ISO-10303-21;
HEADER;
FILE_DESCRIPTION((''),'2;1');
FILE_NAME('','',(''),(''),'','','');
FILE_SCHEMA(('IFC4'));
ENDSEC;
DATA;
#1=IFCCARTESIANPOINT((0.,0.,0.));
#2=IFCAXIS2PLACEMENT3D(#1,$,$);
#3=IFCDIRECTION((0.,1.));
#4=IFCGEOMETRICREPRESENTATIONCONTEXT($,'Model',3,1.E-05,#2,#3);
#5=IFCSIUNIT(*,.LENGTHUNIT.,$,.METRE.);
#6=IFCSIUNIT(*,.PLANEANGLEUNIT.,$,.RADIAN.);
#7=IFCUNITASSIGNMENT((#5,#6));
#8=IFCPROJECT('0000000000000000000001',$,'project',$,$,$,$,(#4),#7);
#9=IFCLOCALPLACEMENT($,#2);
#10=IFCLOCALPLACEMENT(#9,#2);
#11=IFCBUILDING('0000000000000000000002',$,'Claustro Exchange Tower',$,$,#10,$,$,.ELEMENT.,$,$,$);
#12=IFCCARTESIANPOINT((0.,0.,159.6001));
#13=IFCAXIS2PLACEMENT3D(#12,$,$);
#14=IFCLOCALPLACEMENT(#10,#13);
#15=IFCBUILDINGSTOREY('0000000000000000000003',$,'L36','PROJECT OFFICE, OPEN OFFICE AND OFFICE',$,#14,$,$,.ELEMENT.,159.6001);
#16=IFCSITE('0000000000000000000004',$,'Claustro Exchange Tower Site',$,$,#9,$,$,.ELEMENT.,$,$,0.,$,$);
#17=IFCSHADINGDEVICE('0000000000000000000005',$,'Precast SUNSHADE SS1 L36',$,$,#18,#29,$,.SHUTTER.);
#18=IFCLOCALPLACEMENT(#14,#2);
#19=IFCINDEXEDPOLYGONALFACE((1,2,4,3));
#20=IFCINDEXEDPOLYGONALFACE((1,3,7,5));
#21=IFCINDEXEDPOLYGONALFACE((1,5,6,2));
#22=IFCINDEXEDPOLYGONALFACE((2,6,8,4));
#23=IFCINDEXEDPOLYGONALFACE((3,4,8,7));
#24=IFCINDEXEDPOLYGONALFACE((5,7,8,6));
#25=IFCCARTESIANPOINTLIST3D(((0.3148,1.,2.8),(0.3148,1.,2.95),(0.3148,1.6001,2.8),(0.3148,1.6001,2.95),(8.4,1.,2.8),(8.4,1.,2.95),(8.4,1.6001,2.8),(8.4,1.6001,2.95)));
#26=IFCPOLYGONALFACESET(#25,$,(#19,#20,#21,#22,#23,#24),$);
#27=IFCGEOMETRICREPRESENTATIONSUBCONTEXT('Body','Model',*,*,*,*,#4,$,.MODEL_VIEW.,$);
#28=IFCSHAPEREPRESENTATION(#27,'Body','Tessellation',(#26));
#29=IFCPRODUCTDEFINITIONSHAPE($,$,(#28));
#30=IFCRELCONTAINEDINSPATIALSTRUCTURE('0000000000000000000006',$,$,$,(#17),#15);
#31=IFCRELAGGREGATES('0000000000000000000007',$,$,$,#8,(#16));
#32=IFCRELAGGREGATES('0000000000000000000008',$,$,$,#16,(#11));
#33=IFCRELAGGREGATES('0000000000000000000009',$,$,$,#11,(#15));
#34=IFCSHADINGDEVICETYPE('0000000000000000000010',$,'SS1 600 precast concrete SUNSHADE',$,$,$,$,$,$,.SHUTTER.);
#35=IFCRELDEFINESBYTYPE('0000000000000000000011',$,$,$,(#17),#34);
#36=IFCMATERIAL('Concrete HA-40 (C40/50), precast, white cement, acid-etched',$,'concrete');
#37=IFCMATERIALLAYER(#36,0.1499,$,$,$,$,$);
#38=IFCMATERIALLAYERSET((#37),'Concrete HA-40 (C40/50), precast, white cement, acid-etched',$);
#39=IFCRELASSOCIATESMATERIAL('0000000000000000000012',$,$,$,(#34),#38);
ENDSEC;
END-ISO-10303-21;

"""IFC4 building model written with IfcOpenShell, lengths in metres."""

from ifc_helpers import new_model, si_unit, direction, frame, origin, origin_2d, place, context, subcontext, project, spatial, rectangle, extrude, material, layer, layer_set, type_object, element, save


model = new_model("IFC4")

# Units and contexts
model_context = context("Model", 3, precision=1e-05, world=origin(), true_north=direction((0.0, 1.0)))
body_context = subcontext(model_context, "Body", "Model", "MODEL_VIEW")
ifc_project = project(units=[si_unit("LENGTHUNIT", "METRE"), si_unit("PLANEANGLEUNIT", "RADIAN")], contexts=[model_context])

# Site, building, storey
site_placement = place(None, origin())
site = spatial("IfcSite", under=ifc_project, at=site_placement, Name="Claustro Exchange Tower Site", CompositionType="ELEMENT", RefElevation=0.0)
building_placement = place(site_placement, origin())
building = spatial("IfcBuilding", under=site, at=building_placement, Name="Claustro Exchange Tower", CompositionType="ELEMENT")
storey_placement = place(building_placement, frame((0.0, 0.0, 159.6001)))
storey = spatial("IfcBuildingStorey", under=building, at=storey_placement, Name="L36", Description="PROJECT OFFICE, OPEN OFFICE AND OFFICE", CompositionType="ELEMENT", Elevation=159.6001)

# Shading device
ifc_material_1 = material(Name="Concrete HA-40 (C40/50), precast, white cement, acid-etched", Category="concrete")
ifc_layer_1 = layer(ifc_material_1, 0.1499)
ifc_layer_set_1 = layer_set([ifc_layer_1], Name="Concrete HA-40 (C40/50), precast, white cement, acid-etched")
shading_device_type = type_object("IfcShadingDeviceType", Name="SS1 600 precast concrete SUNSHADE", PredefinedType="SHUTTER", material=ifc_layer_set_1)
shading_device_placement = place(storey_placement, frame((4.3574, 1.3, 2.8), z_axis=(0.0, 0.0, 1.0), x_axis=(-1.0, 0.0, 0.0)))
element("IfcShadingDevice", 1, at=shading_device_placement, inside=storey, type_object=shading_device_type, Name="Precast SUNSHADE SS1 L36", PredefinedType="SHUTTER", context=body_context, shape_type="SweptSolid", body=[
    extrude(rectangle(XDim=8.0852, YDim=0.6001, at=origin_2d()), origin(), (0.0, 0.0, 1.0), 0.1499),
])

save(model, "model.ifc")
